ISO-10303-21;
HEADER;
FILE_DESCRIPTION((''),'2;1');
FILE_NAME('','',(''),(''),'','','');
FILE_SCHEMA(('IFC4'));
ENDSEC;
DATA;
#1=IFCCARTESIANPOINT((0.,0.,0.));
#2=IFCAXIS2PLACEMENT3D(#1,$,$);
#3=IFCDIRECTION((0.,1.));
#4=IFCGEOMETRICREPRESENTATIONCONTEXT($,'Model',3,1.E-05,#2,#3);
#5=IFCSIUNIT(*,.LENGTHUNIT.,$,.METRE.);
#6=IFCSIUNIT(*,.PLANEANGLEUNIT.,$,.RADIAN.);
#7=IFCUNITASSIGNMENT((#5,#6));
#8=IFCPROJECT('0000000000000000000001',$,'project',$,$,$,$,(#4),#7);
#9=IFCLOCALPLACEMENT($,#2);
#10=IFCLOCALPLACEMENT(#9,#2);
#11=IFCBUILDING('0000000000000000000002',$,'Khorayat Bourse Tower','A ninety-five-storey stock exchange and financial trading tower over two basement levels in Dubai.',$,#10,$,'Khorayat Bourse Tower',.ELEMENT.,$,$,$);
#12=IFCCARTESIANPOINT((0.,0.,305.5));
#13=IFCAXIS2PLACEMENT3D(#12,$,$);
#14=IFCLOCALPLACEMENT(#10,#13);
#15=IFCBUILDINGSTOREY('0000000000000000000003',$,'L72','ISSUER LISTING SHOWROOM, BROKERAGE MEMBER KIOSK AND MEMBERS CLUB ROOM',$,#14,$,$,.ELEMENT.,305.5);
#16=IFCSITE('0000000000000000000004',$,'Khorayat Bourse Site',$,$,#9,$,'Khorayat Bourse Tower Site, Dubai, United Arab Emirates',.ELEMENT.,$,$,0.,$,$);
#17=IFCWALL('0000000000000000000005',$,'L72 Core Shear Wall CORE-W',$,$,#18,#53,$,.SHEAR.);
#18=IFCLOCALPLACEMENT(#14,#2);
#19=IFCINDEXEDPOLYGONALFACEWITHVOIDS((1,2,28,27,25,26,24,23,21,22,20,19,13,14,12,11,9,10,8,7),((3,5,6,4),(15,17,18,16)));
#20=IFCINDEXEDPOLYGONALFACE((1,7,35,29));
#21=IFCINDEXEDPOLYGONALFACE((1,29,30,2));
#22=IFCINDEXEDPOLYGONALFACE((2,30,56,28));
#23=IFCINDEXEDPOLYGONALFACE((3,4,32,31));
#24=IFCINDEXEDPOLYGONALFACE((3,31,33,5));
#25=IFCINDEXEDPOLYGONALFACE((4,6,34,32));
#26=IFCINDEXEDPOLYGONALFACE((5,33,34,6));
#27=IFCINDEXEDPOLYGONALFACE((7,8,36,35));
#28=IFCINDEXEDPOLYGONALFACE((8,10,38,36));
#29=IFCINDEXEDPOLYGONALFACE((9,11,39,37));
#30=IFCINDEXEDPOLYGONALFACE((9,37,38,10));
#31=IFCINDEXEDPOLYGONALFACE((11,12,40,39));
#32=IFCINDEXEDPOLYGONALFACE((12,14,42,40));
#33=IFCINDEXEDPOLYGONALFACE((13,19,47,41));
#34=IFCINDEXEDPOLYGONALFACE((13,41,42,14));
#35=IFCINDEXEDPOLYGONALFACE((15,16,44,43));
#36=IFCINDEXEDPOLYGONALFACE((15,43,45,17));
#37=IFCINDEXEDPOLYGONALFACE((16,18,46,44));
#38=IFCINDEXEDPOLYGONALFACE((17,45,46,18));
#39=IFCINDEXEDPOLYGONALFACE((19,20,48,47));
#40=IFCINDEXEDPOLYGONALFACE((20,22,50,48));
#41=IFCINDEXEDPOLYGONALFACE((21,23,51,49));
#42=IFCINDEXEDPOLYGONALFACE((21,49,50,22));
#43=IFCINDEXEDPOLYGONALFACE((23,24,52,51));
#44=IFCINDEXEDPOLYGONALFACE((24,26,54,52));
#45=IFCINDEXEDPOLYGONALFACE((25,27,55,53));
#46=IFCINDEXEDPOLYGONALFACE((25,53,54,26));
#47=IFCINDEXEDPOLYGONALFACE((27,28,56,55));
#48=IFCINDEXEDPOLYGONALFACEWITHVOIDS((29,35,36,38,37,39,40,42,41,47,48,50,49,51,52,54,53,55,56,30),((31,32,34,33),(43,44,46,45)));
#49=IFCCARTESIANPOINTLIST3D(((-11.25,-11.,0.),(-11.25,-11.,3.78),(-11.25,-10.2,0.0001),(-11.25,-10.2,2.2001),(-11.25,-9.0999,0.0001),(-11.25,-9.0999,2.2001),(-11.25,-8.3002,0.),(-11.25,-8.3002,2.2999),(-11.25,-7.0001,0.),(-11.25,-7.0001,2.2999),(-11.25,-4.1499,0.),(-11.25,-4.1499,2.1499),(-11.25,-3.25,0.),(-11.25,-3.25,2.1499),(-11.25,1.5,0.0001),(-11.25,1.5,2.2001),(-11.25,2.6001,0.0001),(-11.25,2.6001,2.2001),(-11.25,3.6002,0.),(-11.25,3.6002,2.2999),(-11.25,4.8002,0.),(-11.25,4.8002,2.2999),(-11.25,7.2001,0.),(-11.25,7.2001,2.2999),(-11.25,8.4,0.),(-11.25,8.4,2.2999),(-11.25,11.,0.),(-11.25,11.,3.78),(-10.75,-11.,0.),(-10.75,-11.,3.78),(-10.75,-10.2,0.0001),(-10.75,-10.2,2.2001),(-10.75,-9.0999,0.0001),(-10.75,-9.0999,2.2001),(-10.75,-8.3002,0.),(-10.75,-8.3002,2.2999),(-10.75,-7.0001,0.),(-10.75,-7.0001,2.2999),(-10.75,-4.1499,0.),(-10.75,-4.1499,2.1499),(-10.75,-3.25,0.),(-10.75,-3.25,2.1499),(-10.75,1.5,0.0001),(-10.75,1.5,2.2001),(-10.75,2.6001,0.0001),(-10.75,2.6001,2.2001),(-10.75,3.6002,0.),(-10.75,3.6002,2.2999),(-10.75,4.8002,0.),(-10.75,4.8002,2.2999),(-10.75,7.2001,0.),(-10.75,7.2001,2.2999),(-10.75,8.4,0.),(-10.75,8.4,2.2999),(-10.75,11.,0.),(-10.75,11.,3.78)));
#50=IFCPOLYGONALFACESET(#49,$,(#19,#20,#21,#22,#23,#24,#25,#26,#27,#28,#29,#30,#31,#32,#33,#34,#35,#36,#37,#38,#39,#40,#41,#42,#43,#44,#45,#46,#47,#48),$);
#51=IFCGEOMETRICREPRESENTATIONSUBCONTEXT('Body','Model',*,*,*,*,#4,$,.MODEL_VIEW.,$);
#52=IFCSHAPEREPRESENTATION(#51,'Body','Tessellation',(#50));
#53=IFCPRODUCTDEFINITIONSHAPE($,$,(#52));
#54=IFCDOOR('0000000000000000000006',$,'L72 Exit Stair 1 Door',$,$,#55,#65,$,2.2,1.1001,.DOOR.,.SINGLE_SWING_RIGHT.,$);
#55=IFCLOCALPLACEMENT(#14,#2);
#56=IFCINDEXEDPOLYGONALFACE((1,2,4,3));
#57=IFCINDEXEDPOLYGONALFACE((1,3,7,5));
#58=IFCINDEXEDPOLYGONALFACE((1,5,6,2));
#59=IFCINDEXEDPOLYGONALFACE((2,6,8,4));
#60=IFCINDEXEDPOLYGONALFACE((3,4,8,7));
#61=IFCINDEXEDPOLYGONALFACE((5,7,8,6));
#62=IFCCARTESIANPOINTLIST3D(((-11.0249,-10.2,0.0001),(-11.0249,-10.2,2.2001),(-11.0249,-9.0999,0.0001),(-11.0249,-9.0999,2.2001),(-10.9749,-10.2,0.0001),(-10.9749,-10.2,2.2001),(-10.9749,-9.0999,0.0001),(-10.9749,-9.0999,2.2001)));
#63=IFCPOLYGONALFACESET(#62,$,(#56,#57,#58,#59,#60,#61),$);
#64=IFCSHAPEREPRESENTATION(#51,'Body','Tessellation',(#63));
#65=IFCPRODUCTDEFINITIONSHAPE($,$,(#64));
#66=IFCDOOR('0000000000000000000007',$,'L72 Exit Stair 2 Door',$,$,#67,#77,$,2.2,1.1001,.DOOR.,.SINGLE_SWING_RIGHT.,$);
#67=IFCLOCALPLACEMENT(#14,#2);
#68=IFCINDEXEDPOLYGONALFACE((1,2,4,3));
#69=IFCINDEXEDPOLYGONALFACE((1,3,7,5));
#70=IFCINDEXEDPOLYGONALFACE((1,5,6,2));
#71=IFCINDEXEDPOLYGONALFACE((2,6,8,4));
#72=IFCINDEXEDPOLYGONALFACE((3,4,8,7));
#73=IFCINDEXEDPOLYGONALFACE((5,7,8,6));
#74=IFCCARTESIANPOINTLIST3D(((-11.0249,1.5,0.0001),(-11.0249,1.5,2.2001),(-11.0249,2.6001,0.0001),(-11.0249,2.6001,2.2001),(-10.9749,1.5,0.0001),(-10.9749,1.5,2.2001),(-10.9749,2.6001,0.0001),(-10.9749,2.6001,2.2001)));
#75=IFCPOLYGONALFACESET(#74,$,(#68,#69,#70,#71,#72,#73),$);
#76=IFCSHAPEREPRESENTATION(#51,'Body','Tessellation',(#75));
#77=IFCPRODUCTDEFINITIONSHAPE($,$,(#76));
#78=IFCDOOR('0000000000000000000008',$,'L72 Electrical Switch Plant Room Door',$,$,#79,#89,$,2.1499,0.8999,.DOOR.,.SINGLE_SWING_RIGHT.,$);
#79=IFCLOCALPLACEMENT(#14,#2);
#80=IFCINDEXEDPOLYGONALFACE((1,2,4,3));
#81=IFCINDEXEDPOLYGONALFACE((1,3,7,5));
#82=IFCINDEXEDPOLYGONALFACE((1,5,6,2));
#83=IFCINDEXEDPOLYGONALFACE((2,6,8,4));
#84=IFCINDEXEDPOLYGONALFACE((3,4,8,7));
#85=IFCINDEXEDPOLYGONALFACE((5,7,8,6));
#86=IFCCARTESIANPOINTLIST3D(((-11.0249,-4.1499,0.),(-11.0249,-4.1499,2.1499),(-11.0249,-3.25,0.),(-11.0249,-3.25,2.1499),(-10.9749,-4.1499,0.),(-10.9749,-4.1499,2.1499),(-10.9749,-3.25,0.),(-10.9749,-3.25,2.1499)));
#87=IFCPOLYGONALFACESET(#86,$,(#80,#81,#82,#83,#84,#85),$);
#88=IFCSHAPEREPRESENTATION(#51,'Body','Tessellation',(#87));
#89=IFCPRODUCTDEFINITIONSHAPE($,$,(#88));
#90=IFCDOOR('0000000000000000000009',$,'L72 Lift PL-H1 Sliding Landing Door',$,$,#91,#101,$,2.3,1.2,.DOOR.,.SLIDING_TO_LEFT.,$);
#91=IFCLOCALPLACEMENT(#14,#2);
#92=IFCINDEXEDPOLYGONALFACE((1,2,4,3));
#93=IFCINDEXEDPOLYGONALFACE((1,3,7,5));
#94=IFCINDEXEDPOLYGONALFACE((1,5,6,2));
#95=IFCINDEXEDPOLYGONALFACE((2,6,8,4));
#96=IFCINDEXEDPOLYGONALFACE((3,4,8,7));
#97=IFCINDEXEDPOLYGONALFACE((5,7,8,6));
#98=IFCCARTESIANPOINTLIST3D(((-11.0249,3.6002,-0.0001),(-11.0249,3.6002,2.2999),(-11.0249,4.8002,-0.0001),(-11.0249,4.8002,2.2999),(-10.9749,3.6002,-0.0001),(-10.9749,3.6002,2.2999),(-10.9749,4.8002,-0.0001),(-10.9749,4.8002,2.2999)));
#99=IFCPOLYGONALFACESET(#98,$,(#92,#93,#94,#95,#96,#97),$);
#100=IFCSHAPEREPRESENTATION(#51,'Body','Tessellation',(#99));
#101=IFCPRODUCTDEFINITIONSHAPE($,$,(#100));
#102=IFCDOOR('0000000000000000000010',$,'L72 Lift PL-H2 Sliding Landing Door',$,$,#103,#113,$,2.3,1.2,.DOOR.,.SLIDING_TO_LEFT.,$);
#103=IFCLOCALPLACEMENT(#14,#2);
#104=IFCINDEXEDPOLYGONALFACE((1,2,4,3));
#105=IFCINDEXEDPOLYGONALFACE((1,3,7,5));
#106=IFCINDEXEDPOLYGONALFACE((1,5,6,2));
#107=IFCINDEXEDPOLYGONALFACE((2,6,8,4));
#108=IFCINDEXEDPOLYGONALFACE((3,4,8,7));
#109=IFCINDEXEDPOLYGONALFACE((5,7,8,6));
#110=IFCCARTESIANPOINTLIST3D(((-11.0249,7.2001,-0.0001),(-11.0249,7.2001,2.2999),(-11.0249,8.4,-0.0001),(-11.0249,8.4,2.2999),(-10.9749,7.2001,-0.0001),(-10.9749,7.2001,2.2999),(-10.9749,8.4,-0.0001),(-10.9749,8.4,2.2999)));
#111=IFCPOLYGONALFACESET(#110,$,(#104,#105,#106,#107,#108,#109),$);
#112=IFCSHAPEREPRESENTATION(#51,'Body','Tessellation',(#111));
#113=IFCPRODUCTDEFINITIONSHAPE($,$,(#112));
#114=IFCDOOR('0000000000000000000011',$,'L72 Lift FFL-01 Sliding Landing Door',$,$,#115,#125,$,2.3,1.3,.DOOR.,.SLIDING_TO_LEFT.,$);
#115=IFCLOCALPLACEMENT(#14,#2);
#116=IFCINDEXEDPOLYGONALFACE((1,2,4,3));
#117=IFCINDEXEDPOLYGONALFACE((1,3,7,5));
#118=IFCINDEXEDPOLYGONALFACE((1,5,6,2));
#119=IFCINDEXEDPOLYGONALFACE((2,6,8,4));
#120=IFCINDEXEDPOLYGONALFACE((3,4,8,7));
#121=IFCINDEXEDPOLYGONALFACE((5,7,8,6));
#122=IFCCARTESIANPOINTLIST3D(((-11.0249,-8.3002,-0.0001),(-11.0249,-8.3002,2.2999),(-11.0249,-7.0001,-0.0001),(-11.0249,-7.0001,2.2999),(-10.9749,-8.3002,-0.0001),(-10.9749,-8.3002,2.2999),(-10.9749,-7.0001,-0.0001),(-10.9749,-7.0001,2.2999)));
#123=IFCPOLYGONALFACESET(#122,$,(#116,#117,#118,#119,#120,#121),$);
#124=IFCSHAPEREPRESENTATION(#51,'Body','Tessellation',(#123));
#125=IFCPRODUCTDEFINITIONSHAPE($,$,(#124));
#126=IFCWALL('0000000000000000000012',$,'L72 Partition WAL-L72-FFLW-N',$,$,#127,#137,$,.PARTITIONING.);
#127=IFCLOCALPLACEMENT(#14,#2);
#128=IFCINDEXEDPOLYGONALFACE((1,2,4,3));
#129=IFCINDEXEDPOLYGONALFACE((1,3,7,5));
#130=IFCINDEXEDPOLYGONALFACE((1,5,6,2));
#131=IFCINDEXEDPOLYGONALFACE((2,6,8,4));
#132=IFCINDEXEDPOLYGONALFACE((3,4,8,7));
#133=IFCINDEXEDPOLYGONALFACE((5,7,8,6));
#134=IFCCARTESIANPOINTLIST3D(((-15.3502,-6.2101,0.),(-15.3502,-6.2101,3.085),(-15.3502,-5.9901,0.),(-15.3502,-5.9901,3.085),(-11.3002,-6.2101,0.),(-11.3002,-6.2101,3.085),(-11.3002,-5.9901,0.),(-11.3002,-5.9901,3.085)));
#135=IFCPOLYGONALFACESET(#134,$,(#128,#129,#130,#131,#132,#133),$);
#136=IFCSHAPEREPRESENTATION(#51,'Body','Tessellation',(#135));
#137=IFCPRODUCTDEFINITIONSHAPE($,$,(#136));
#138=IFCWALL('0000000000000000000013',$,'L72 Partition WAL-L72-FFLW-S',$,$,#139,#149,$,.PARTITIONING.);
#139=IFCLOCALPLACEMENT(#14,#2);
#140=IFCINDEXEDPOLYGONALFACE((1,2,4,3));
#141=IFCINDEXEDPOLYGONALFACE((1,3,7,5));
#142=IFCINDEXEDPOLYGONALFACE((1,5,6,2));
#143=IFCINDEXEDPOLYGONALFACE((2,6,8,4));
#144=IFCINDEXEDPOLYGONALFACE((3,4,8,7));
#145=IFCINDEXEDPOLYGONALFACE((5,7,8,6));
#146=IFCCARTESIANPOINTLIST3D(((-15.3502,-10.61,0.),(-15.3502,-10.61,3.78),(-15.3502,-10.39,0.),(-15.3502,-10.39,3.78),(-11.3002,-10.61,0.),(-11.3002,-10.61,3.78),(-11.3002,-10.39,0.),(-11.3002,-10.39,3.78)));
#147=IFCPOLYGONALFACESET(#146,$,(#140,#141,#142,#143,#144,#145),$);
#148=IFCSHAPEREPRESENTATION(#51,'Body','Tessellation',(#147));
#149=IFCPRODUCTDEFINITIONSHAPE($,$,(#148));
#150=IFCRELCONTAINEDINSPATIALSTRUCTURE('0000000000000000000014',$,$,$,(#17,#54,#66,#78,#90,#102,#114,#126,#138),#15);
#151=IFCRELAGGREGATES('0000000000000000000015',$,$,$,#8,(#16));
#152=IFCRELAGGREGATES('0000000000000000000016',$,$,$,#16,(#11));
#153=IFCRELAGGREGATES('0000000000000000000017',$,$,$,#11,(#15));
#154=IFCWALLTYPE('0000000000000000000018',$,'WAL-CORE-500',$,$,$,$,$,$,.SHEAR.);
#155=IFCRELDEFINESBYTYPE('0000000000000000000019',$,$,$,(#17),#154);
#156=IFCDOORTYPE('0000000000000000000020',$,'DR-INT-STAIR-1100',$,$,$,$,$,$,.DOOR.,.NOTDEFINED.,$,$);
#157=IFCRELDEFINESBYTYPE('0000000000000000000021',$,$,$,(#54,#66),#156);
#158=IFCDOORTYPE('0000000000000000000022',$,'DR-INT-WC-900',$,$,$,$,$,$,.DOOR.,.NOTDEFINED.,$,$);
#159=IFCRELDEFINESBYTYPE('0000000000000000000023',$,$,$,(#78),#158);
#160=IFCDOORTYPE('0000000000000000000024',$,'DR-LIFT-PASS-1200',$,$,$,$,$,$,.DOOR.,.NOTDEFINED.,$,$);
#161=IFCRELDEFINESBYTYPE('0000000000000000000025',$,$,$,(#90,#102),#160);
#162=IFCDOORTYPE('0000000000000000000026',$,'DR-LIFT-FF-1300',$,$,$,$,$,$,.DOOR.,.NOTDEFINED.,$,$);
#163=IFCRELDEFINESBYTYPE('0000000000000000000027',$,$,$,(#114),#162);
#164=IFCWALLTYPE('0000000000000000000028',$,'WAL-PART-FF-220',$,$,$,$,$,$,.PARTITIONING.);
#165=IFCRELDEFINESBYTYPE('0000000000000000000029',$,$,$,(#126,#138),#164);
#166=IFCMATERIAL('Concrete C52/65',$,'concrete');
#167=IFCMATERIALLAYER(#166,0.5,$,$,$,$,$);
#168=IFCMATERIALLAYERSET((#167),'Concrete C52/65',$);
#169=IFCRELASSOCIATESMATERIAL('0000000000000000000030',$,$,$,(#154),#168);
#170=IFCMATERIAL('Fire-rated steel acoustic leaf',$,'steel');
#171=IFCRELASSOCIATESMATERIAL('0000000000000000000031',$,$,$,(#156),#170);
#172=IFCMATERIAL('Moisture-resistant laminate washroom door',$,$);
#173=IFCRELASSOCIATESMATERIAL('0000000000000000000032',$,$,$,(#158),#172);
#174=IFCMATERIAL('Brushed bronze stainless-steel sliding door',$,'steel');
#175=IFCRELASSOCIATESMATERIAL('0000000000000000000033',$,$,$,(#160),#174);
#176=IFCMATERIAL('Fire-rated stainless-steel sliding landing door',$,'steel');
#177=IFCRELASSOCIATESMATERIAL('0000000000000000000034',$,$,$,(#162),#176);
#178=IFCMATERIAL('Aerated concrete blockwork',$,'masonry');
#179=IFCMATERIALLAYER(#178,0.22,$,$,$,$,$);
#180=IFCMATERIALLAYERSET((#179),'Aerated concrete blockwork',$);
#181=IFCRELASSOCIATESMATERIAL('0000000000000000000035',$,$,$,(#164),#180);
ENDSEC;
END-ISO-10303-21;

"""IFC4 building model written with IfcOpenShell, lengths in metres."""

from ifc_helpers import new_model, si_unit, direction, frame, frame_2d, origin, place, context, subcontext, project, spatial, rectangle, extrude, source, transform, mapped, material, layer, layer_set, type_object, element, fill, save


model = new_model("IFC4")

# Units and contexts
model_context = context("Model", 3, precision=1e-05, world=origin(), true_north=direction((0.0, 1.0)))
body_context = subcontext(model_context, "Body", "Model", "MODEL_VIEW")
ifc_project = project(units=[si_unit("LENGTHUNIT", "METRE"), si_unit("PLANEANGLEUNIT", "RADIAN")], contexts=[model_context])

# Site, building, storey
site_placement = place(None, origin())
site = spatial("IfcSite", under=ifc_project, at=site_placement, Name="Khorayat Bourse Site", LongName="Khorayat Bourse Tower Site, Dubai, United Arab Emirates", CompositionType="ELEMENT", RefElevation=0.0)
building_placement = place(site_placement, origin())
building = spatial("IfcBuilding", under=site, at=building_placement, Name="Khorayat Bourse Tower", Description="A ninety-five-storey stock exchange and financial trading tower over two basement levels in Dubai.", LongName="Khorayat Bourse Tower", CompositionType="ELEMENT")
storey_placement = place(building_placement, frame((0.0, 0.0, 305.5)))
storey = spatial("IfcBuildingStorey", under=building, at=storey_placement, Name="L72", Description="ISSUER LISTING SHOWROOM, BROKERAGE MEMBER KIOSK AND MEMBERS CLUB ROOM", CompositionType="ELEMENT", Elevation=305.5)

# Shared definitions
ifc_material_1 = material(Name="Concrete C52/65", Category="concrete")

# Wall, openings, doors
ifc_layer_1 = layer(ifc_material_1, 0.5)
ifc_layer_set_1 = layer_set([ifc_layer_1], Name="Concrete C52/65")
wall_type_1 = type_object("IfcWallType", Name="WAL-CORE-500", PredefinedType="SHEAR", material=ifc_layer_set_1)
shared_shape_1 = source(origin(), body_context, "Body", "SweptSolid", [
    extrude(rectangle(XDim=22.0, YDim=0.5, at=frame_2d((11.0, 0.0))), origin(), (0.0, 0.0, 1.0), 3.78),
])
wall_1_placement = place(storey_placement, frame((-11.0, -11.0, 0.0), z_axis=(0.0, 0.0, 1.0), x_axis=(0.0, 1.0, 0.0)))
wall_1 = element("IfcWall", 1, at=wall_1_placement, inside=storey, type_object=wall_type_1, Name="L72 Core Shear Wall CORE-W", PredefinedType="SHEAR", context=body_context, shape_type="MappedRepresentation", body=[
    mapped(shared_shape_1, transform((0.0, 0.0, 0.0), scale=1.0)),
])
shared_shape_2 = source(origin(), body_context, "Body", "SweptSolid", [
    extrude(rectangle(XDim=1.1001, YDim=2.2, at=frame_2d((0.55, 1.1001))), frame((0.0, 0.26, 0.0), z_axis=(0.0, -1.0, 0.0), x_axis=(1.0, 0.0, 0.0)), (0.0, 0.0, 1.0), 0.52),
])
opening_1_placement = place(wall_1_placement, frame((0.8, 0.0, 0.0)))
opening_1 = element("IfcOpeningElement", 2, at=opening_1_placement, cuts=wall_1, PredefinedType="OPENING", context=body_context, shape_type="MappedRepresentation", body=[
    mapped(shared_shape_2, transform((0.0, 0.0, 0.0), scale=1.0)),
])
opening_2_placement = place(wall_1_placement, frame((12.5, 0.0, 0.0)))
opening_2 = element("IfcOpeningElement", 3, at=opening_2_placement, cuts=wall_1, PredefinedType="OPENING", context=body_context, shape_type="MappedRepresentation", body=[
    mapped(shared_shape_2, transform((0.0, 0.0, 0.0), scale=1.0)),
])
shared_shape_3 = source(origin(), body_context, "Body", "SweptSolid", [
    extrude(rectangle(XDim=0.8999, YDim=2.1499, at=frame_2d((0.45, 1.075))), frame((0.0, 0.26, 0.0), z_axis=(0.0, -1.0, 0.0), x_axis=(1.0, 0.0, 0.0)), (0.0, 0.0, 1.0), 0.52),
])
opening_3_placement = place(wall_1_placement, frame((6.8501, 0.0, 0.0)))
opening_3 = element("IfcOpeningElement", 4, at=opening_3_placement, cuts=wall_1, PredefinedType="OPENING", context=body_context, shape_type="MappedRepresentation", body=[
    mapped(shared_shape_3, transform((0.0, 0.0, 0.0), scale=1.0)),
])
shared_shape_4 = source(origin(), body_context, "Body", "SweptSolid", [
    extrude(rectangle(XDim=1.2, YDim=2.3, at=frame_2d((0.6001, 1.1499))), frame((0.0, 0.26, 0.0), z_axis=(0.0, -1.0, 0.0), x_axis=(1.0, 0.0, 0.0)), (0.0, 0.0, 1.0), 0.52),
])
opening_4_placement = place(wall_1_placement, frame((14.6001, 0.0, 0.0)))
opening_4 = element("IfcOpeningElement", 5, at=opening_4_placement, cuts=wall_1, PredefinedType="OPENING", context=body_context, shape_type="MappedRepresentation", body=[
    mapped(shared_shape_4, transform((0.0, 0.0, 0.0), scale=1.0)),
])
opening_5_placement = place(wall_1_placement, frame((18.2, 0.0, 0.0)))
opening_5 = element("IfcOpeningElement", 6, at=opening_5_placement, cuts=wall_1, PredefinedType="OPENING", context=body_context, shape_type="MappedRepresentation", body=[
    mapped(shared_shape_4, transform((0.0, 0.0, 0.0), scale=1.0)),
])
shared_shape_5 = source(origin(), body_context, "Body", "SweptSolid", [
    extrude(rectangle(XDim=1.3, YDim=2.3, at=frame_2d((0.6499, 1.1499))), frame((0.0, 0.26, 0.0), z_axis=(0.0, -1.0, 0.0), x_axis=(1.0, 0.0, 0.0)), (0.0, 0.0, 1.0), 0.52),
])
opening_6_placement = place(wall_1_placement, frame((2.7, 0.0, 0.0)))
opening_6 = element("IfcOpeningElement", 7, at=opening_6_placement, cuts=wall_1, PredefinedType="OPENING", context=body_context, shape_type="MappedRepresentation", body=[
    mapped(shared_shape_5, transform((0.0, 0.0, 0.0), scale=1.0)),
])
ifc_material_2 = material(Name="Fire-rated steel acoustic leaf", Category="steel")
door_type_1 = type_object("IfcDoorType", Name="DR-INT-STAIR-1100", OperationType="NOTDEFINED", PredefinedType="DOOR", material=ifc_material_2)
shared_shape_6 = source(origin(), body_context, "Body", "SweptSolid", [
    extrude(rectangle(XDim=1.1001, YDim=2.2, at=frame_2d((0.55, 1.1001))), frame((0.0, 0.0249, 0.0), z_axis=(0.0, -1.0, 0.0), x_axis=(1.0, 0.0, 0.0)), (0.0, 0.0, 1.0), 0.05),
])
door_1_placement = place(opening_1_placement, origin())
door_1 = element("IfcDoor", 8, at=door_1_placement, inside=storey, type_object=door_type_1, Name="L72 Exit Stair 1 Door", OperationType="SINGLE_SWING_RIGHT", OverallHeight=2.2, OverallWidth=1.1001, PredefinedType="DOOR", context=body_context, shape_type="MappedRepresentation", body=[
    mapped(shared_shape_6, transform((0.0, 0.0, 0.0), scale=1.0)),
])
fill(opening_1, door_1)
door_2_placement = place(opening_2_placement, origin())
door_2 = element("IfcDoor", 9, at=door_2_placement, inside=storey, type_object=door_type_1, Name="L72 Exit Stair 2 Door", OperationType="SINGLE_SWING_RIGHT", OverallHeight=2.2, OverallWidth=1.1001, PredefinedType="DOOR", context=body_context, shape_type="MappedRepresentation", body=[
    mapped(shared_shape_6, transform((0.0, 0.0, 0.0), scale=1.0)),
])
fill(opening_2, door_2)
ifc_material_3 = material(Name="Moisture-resistant laminate washroom door")
door_type_2 = type_object("IfcDoorType", Name="DR-INT-WC-900", OperationType="NOTDEFINED", PredefinedType="DOOR", material=ifc_material_3)
shared_shape_7 = source(origin(), body_context, "Body", "SweptSolid", [
    extrude(rectangle(XDim=0.8999, YDim=2.1499, at=frame_2d((0.45, 1.075))), frame((0.0, 0.0249, 0.0), z_axis=(0.0, -1.0, 0.0), x_axis=(1.0, 0.0, 0.0)), (0.0, 0.0, 1.0), 0.05),
])
door_3_placement = place(opening_3_placement, origin())
door_3 = element("IfcDoor", 10, at=door_3_placement, inside=storey, type_object=door_type_2, Name="L72 Electrical Switch Plant Room Door", OperationType="SINGLE_SWING_RIGHT", OverallHeight=2.1499, OverallWidth=0.8999, PredefinedType="DOOR", context=body_context, shape_type="MappedRepresentation", body=[
    mapped(shared_shape_7, transform((0.0, 0.0, 0.0), scale=1.0)),
])
fill(opening_3, door_3)
ifc_material_4 = material(Name="Brushed bronze stainless-steel sliding door", Category="steel")
door_type_3 = type_object("IfcDoorType", Name="DR-LIFT-PASS-1200", OperationType="NOTDEFINED", PredefinedType="DOOR", material=ifc_material_4)
shared_shape_8 = source(origin(), body_context, "Body", "SweptSolid", [
    extrude(rectangle(XDim=1.2, YDim=2.3, at=frame_2d((0.6001, 1.1499))), frame((0.0, 0.0249, 0.0), z_axis=(0.0, -1.0, 0.0), x_axis=(1.0, 0.0, 0.0)), (0.0, 0.0, 1.0), 0.05),
])
door_4_placement = place(opening_4_placement, origin())
door_4 = element("IfcDoor", 11, at=door_4_placement, inside=storey, type_object=door_type_3, Name="L72 Lift PL-H1 Sliding Landing Door", OperationType="SLIDING_TO_LEFT", OverallHeight=2.3, OverallWidth=1.2, PredefinedType="DOOR", context=body_context, shape_type="MappedRepresentation", body=[
    mapped(shared_shape_8, transform((0.0, 0.0, 0.0), scale=1.0)),
])
fill(opening_4, door_4)
door_5_placement = place(opening_5_placement, origin())
door_5 = element("IfcDoor", 12, at=door_5_placement, inside=storey, type_object=door_type_3, Name="L72 Lift PL-H2 Sliding Landing Door", OperationType="SLIDING_TO_LEFT", OverallHeight=2.3, OverallWidth=1.2, PredefinedType="DOOR", context=body_context, shape_type="MappedRepresentation", body=[
    mapped(shared_shape_8, transform((0.0, 0.0, 0.0), scale=1.0)),
])
fill(opening_5, door_5)
ifc_material_5 = material(Name="Fire-rated stainless-steel sliding landing door", Category="steel")
door_type_4 = type_object("IfcDoorType", Name="DR-LIFT-FF-1300", OperationType="NOTDEFINED", PredefinedType="DOOR", material=ifc_material_5)
shared_shape_9 = source(origin(), body_context, "Body", "SweptSolid", [
    extrude(rectangle(XDim=1.3, YDim=2.3, at=frame_2d((0.6499, 1.1499))), frame((0.0, 0.0249, 0.0), z_axis=(0.0, -1.0, 0.0), x_axis=(1.0, 0.0, 0.0)), (0.0, 0.0, 1.0), 0.05),
])
door_6_placement = place(opening_6_placement, origin())
door_6 = element("IfcDoor", 13, at=door_6_placement, inside=storey, type_object=door_type_4, Name="L72 Lift FFL-01 Sliding Landing Door", OperationType="SLIDING_TO_LEFT", OverallHeight=2.3, OverallWidth=1.3, PredefinedType="DOOR", context=body_context, shape_type="MappedRepresentation", body=[
    mapped(shared_shape_9, transform((0.0, 0.0, 0.0), scale=1.0)),
])
fill(opening_6, door_6)

# Walls
ifc_material_6 = material(Name="Aerated concrete blockwork", Category="masonry")
ifc_layer_2 = layer(ifc_material_6, 0.22)
ifc_layer_set_2 = layer_set([ifc_layer_2], Name="Aerated concrete blockwork")
wall_type_2 = type_object("IfcWallType", Name="WAL-PART-FF-220", PredefinedType="PARTITIONING", material=ifc_layer_set_2)
shared_shape_10 = source(origin(), body_context, "Body", "SweptSolid", [
    extrude(rectangle(XDim=4.05, YDim=0.22, at=frame_2d((2.0249, 0.0))), origin(), (0.0, 0.0, 1.0), 3.085),
])
wall_2_placement = place(storey_placement, frame((-15.3501, -6.1001, 0.0), z_axis=(0.0, 0.0, 1.0), x_axis=(1.0, 0.0, 0.0)))
element("IfcWall", 14, at=wall_2_placement, inside=storey, type_object=wall_type_2, Name="L72 Partition WAL-L72-FFLW-N", PredefinedType="PARTITIONING", context=body_context, shape_type="MappedRepresentation", body=[
    mapped(shared_shape_10, transform((0.0, 0.0, 0.0), scale=1.0)),
])
shared_shape_11 = source(origin(), body_context, "Body", "SweptSolid", [
    extrude(rectangle(XDim=4.05, YDim=0.22, at=frame_2d((2.0249, 0.0))), origin(), (0.0, 0.0, 1.0), 3.78),
])
wall_3_placement = place(storey_placement, frame((-15.3501, -10.5, 0.0), z_axis=(0.0, 0.0, 1.0), x_axis=(1.0, 0.0, 0.0)))
element("IfcWall", 15, at=wall_3_placement, inside=storey, type_object=wall_type_2, Name="L72 Partition WAL-L72-FFLW-S", PredefinedType="PARTITIONING", context=body_context, shape_type="MappedRepresentation", body=[
    mapped(shared_shape_11, transform((0.0, 0.0, 0.0), scale=1.0)),
])

save(model, "model.ifc")
